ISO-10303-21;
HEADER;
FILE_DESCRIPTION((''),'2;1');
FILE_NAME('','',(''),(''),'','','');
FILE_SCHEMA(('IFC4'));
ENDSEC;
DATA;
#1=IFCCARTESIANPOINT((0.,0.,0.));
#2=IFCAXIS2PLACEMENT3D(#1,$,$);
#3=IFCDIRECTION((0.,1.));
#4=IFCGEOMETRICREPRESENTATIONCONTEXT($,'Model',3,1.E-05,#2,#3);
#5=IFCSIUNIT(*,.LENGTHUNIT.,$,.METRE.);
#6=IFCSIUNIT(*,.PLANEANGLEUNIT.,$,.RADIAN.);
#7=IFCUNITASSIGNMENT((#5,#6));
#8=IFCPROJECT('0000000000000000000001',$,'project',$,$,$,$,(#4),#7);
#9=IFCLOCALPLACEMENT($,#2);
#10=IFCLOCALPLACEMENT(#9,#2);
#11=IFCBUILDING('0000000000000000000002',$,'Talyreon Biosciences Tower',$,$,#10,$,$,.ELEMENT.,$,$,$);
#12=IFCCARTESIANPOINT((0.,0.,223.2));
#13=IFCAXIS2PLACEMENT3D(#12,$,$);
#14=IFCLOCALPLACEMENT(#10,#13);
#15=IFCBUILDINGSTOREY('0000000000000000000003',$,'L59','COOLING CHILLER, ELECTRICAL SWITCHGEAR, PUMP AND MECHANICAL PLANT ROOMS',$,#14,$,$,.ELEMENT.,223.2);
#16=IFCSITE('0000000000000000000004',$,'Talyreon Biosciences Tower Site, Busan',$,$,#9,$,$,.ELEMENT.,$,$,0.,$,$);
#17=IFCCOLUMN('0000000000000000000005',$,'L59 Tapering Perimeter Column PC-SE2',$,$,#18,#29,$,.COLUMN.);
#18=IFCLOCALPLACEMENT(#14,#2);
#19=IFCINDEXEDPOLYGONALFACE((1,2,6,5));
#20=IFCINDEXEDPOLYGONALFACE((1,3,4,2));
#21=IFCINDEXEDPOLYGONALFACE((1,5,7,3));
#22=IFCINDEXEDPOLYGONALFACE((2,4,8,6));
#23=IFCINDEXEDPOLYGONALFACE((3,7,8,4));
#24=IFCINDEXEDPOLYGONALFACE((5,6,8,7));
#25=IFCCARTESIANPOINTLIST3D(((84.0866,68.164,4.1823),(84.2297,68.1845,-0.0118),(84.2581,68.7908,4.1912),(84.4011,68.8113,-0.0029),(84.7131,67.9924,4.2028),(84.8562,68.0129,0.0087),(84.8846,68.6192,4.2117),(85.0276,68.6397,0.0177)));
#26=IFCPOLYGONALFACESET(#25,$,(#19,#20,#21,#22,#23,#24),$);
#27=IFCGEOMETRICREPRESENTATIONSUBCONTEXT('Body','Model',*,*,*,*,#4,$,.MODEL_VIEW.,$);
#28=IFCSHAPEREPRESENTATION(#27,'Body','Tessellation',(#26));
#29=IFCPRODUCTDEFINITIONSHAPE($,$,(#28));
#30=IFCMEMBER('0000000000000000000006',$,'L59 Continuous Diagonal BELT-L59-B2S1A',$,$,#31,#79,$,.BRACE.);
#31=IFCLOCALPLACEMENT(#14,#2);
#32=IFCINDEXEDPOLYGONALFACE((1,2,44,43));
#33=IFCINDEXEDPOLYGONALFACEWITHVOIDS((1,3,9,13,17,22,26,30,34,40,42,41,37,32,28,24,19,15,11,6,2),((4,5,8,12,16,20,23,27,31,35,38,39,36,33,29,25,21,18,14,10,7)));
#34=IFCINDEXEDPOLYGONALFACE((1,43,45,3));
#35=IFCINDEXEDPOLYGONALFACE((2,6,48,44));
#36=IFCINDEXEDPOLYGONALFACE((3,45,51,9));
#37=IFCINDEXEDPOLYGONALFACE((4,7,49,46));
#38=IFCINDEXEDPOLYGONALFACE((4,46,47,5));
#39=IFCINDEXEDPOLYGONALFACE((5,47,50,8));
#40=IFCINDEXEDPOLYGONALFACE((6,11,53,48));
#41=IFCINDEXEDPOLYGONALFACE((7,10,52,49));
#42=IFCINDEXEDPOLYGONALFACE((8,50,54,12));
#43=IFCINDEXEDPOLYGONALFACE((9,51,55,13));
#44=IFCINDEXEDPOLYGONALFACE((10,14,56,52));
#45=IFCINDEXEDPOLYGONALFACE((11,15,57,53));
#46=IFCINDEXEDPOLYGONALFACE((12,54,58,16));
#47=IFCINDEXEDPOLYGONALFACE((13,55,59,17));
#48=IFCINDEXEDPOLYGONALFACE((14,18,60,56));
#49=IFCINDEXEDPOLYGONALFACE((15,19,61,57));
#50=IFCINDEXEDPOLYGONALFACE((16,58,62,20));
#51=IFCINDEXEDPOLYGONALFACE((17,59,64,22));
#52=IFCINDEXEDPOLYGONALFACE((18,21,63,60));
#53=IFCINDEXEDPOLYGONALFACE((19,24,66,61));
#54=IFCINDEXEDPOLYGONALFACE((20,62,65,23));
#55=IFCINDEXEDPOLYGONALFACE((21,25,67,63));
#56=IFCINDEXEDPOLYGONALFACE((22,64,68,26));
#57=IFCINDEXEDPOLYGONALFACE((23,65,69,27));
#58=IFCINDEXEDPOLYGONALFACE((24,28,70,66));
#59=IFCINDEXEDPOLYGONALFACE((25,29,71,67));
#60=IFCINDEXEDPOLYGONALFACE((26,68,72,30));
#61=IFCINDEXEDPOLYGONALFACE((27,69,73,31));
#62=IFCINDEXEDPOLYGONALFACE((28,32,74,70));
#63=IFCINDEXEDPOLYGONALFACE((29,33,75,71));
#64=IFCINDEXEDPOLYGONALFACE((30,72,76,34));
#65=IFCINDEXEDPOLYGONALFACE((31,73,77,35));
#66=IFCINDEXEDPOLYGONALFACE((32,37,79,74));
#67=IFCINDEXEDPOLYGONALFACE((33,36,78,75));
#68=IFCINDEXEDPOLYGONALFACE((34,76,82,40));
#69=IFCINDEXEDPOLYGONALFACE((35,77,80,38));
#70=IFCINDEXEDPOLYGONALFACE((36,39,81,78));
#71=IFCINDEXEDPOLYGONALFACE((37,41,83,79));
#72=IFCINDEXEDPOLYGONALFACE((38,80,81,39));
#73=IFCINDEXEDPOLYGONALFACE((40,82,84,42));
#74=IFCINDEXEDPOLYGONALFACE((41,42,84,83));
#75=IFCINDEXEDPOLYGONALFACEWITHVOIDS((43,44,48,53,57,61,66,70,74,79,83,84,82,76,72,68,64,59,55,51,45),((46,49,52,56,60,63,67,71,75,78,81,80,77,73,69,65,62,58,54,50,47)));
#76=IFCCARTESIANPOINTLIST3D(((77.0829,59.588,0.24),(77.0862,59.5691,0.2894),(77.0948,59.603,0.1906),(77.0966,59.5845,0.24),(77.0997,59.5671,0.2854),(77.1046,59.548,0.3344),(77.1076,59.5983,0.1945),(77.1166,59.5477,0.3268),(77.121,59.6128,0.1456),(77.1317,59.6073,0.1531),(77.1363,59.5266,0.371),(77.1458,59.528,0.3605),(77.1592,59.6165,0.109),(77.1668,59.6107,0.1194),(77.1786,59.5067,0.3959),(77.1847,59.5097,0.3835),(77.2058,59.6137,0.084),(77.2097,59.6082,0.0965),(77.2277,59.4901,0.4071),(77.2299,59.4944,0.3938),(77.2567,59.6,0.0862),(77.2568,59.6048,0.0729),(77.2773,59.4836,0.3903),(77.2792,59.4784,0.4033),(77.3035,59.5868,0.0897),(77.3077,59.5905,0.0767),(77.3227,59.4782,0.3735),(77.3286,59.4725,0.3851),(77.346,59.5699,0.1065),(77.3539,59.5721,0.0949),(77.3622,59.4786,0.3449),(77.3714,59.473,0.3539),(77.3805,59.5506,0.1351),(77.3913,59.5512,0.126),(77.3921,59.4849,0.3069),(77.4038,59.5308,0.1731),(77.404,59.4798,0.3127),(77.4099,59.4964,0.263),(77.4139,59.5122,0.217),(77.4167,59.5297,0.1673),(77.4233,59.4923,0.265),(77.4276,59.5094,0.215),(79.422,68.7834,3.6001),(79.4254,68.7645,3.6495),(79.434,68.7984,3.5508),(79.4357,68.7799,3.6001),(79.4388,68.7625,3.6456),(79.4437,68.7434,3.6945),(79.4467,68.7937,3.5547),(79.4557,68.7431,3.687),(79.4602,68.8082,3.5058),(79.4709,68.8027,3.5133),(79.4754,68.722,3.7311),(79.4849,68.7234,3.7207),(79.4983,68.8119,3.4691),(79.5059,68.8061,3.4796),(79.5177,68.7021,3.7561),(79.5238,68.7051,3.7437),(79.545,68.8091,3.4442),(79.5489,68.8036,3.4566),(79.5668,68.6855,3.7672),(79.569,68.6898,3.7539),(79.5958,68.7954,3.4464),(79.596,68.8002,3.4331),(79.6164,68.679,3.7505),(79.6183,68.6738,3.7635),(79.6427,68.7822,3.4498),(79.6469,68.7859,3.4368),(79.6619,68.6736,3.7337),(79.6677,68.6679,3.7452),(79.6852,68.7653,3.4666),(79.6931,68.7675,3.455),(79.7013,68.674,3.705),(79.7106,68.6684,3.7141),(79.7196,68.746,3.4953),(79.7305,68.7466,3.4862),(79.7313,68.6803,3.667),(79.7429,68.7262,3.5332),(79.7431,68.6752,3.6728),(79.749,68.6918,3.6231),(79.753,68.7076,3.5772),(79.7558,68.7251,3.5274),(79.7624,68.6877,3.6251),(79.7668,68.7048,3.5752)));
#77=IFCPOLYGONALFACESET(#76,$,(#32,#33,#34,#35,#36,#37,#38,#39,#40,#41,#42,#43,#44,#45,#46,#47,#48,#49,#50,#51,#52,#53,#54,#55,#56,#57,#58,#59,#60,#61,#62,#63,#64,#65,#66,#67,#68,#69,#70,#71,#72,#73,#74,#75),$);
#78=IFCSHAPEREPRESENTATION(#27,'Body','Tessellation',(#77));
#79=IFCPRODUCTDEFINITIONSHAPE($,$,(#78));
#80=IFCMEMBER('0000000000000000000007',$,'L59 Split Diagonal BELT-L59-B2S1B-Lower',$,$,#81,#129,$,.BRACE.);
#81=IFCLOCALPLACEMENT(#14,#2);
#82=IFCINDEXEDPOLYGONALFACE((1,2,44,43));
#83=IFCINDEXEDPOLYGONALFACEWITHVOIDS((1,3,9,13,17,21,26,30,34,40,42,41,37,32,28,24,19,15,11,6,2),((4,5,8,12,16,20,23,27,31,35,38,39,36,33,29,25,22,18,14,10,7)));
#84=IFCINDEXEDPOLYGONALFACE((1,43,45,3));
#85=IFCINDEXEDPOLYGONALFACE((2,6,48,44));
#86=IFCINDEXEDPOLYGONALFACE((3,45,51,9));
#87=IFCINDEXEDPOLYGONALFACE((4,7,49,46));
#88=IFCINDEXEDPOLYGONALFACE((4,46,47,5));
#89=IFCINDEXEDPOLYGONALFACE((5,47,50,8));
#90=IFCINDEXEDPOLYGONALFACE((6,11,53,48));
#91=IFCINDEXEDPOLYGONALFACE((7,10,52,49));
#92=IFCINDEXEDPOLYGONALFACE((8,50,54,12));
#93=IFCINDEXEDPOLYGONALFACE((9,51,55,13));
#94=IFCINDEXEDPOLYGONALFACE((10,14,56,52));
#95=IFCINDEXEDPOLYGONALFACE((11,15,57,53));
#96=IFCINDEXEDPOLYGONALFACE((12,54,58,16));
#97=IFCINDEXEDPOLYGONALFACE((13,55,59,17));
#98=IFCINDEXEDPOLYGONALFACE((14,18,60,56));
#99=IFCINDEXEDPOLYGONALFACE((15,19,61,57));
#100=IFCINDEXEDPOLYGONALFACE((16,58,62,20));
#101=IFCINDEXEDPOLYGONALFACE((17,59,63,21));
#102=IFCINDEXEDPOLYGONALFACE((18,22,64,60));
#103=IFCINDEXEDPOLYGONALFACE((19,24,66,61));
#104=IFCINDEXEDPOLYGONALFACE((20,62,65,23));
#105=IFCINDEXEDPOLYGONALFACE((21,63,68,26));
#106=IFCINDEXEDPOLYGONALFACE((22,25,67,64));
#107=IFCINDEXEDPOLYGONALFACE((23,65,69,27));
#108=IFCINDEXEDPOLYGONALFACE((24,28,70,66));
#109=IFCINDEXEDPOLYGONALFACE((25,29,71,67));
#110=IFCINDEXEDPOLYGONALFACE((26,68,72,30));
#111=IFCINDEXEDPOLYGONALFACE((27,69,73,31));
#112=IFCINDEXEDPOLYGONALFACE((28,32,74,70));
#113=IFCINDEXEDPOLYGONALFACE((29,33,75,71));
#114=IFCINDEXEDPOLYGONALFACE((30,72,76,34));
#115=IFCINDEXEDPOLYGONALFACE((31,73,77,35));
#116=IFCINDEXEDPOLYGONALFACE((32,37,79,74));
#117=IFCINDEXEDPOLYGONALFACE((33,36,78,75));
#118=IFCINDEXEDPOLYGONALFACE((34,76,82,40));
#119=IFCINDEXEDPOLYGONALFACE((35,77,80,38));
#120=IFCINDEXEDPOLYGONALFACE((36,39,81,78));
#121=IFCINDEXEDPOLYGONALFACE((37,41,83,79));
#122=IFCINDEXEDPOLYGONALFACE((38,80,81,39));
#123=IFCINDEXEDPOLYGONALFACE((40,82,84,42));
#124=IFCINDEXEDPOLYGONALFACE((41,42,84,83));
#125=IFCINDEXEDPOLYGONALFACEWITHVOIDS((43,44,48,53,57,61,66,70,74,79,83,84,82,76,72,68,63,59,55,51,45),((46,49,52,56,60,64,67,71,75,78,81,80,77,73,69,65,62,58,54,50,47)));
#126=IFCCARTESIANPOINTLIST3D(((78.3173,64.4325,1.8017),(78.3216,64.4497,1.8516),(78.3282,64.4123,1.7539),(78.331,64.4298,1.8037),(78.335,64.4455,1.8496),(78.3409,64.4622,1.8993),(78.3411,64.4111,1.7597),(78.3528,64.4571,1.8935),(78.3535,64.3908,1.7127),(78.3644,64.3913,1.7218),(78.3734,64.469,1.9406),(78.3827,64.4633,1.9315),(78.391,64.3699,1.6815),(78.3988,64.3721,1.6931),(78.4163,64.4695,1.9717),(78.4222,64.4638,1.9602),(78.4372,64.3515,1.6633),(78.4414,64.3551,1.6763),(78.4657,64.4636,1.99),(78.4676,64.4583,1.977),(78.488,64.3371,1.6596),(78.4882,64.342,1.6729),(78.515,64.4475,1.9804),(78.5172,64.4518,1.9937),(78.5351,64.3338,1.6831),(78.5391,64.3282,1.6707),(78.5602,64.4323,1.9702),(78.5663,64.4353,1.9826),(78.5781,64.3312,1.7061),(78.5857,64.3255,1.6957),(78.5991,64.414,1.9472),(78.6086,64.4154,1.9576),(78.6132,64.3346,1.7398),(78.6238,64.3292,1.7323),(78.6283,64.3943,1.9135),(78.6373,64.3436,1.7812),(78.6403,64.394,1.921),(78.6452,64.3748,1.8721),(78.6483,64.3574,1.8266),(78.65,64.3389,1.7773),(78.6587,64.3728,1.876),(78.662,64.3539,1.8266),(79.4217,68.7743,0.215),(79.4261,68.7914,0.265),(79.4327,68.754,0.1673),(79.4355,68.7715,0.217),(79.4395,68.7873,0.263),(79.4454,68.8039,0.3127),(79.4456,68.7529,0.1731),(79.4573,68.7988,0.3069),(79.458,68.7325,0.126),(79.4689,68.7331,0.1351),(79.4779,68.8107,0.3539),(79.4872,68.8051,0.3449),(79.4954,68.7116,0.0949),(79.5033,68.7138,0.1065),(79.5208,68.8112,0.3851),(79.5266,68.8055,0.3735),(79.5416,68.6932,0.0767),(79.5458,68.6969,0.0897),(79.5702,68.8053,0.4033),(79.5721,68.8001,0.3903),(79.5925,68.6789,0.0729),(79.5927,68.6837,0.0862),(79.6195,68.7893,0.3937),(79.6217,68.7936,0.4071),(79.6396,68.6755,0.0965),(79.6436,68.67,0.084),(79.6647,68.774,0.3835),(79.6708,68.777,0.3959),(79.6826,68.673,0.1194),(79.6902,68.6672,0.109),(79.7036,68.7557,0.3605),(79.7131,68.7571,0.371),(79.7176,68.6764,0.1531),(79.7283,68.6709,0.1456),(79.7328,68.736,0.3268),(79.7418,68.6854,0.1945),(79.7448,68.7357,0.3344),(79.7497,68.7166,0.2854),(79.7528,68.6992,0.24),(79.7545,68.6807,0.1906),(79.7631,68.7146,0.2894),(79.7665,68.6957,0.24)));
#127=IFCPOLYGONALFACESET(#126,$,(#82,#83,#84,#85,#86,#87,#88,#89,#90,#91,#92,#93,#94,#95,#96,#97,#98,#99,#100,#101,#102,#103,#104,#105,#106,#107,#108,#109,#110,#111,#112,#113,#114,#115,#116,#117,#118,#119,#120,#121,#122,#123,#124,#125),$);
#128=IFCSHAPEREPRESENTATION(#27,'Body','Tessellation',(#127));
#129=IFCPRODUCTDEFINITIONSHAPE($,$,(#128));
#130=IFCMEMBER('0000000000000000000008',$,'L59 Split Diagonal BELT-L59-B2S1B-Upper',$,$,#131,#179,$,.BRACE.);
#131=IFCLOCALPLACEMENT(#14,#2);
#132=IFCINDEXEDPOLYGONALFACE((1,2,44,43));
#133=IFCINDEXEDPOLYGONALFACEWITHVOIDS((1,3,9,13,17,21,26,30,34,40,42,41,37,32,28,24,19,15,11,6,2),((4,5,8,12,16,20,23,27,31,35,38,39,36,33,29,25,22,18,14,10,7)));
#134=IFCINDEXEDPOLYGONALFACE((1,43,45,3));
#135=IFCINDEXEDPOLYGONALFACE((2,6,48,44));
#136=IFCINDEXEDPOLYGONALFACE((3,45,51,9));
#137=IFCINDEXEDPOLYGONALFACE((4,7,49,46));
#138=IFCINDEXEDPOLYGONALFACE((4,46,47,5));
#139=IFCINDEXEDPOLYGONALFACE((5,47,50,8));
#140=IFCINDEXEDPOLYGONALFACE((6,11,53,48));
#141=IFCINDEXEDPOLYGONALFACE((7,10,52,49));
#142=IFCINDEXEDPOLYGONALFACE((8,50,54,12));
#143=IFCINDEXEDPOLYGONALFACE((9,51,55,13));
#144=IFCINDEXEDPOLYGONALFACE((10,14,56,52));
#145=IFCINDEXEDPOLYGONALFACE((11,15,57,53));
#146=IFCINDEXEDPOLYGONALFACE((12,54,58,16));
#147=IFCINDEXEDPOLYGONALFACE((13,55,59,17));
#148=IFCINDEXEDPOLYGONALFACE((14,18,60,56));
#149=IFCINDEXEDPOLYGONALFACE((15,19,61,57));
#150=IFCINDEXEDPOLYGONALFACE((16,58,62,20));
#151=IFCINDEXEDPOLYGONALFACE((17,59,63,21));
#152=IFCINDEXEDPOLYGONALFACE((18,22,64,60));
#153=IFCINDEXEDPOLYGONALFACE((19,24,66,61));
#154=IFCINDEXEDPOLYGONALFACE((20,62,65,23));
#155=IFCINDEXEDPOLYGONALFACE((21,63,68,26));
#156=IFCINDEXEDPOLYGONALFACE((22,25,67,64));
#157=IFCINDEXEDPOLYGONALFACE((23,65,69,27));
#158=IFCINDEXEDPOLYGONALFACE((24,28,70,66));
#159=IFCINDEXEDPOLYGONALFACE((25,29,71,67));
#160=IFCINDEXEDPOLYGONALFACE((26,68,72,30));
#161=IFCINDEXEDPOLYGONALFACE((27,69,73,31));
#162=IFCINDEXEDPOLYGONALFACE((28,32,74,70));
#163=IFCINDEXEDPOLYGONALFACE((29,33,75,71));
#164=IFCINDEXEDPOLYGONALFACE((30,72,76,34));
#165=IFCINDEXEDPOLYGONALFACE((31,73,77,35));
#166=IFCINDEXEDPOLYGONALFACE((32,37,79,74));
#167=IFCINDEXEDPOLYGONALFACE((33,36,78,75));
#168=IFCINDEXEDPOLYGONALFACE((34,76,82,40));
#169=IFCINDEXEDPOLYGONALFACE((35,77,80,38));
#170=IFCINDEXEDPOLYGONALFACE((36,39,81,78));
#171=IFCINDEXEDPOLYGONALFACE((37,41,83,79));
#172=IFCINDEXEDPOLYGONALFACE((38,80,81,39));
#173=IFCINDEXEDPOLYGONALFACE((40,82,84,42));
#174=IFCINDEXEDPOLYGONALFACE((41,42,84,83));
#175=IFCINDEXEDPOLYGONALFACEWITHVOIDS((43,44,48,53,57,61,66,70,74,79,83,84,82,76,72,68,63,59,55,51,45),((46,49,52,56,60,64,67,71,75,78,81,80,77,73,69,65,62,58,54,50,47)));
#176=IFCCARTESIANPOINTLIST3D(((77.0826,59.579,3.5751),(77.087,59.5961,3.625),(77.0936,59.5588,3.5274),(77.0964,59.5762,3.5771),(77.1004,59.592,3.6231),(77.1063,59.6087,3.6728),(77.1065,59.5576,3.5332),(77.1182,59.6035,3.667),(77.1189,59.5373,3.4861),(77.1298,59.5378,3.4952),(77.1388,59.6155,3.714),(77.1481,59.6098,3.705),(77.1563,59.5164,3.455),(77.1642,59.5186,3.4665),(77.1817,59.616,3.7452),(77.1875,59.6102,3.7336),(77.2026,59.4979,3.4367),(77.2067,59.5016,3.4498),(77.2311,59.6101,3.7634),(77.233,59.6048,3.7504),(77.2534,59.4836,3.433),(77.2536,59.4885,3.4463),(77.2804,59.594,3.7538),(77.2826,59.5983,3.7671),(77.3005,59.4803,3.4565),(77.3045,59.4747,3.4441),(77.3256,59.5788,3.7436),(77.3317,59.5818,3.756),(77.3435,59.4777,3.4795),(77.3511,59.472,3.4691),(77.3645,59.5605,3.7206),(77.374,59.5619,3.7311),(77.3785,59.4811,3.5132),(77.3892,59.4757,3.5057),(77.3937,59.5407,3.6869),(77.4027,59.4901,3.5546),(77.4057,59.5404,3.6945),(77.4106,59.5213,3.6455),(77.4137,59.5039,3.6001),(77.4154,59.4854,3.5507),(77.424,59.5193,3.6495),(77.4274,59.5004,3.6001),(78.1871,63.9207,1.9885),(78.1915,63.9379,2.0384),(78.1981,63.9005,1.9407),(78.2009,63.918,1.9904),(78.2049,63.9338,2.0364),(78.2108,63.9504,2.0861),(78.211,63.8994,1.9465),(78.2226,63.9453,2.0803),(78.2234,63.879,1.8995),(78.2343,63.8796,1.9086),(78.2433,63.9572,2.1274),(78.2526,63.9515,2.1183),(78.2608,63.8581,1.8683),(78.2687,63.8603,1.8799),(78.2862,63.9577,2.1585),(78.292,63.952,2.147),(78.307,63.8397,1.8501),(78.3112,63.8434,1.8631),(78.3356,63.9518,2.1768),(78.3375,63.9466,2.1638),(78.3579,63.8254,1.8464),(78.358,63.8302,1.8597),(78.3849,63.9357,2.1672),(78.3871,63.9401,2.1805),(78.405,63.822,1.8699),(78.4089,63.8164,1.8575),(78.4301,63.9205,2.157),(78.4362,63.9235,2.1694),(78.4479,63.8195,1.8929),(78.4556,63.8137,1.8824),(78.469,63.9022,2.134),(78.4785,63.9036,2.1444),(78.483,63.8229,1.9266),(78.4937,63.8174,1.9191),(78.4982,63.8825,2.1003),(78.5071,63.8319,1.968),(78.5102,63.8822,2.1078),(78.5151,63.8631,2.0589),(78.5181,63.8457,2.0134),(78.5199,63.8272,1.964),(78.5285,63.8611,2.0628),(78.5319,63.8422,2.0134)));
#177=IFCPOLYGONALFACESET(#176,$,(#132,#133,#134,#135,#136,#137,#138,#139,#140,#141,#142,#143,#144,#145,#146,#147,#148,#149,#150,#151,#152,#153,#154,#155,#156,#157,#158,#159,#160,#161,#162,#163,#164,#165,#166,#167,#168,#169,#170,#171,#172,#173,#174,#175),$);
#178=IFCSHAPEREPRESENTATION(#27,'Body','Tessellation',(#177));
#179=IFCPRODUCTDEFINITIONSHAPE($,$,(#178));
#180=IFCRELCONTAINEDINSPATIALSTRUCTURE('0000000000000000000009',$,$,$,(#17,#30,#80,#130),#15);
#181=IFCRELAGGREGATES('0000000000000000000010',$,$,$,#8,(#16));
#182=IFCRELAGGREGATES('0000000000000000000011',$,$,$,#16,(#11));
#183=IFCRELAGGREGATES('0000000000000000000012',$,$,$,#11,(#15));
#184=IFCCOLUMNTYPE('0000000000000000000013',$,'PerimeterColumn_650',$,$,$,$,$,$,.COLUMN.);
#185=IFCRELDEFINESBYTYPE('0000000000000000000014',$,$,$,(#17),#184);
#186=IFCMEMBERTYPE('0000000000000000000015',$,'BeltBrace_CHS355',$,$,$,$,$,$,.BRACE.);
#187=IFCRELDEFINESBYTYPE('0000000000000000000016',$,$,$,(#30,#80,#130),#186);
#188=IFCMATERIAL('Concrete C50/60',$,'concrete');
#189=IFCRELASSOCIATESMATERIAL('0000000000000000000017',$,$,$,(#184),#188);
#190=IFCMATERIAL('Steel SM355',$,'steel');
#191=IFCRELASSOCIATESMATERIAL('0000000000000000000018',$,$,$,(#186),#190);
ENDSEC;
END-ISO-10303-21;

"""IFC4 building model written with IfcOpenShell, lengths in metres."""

from ifc_helpers import new_model, si_unit, direction, frame, origin, origin_2d, place, context, subcontext, project, spatial, rectangle, hollow_circle, extrude, material, material_profile, profile_set, type_object, element, save


model = new_model("IFC4")

# Units and contexts
model_context = context("Model", 3, precision=1e-05, world=origin(), true_north=direction((0.0, 1.0)))
body_context = subcontext(model_context, "Body", "Model", "MODEL_VIEW")
ifc_project = project(units=[si_unit("LENGTHUNIT", "METRE"), si_unit("PLANEANGLEUNIT", "RADIAN")], contexts=[model_context])

# Site, building, storey
site_placement = place(None, origin())
site = spatial("IfcSite", under=ifc_project, at=site_placement, Name="Talyreon Biosciences Tower Site, Busan", CompositionType="ELEMENT", RefElevation=0.0)
building_placement = place(site_placement, origin())
building = spatial("IfcBuilding", under=site, at=building_placement, Name="Talyreon Biosciences Tower", CompositionType="ELEMENT")
storey_placement = place(building_placement, frame((0.0, 0.0, 223.2)))
storey = spatial("IfcBuildingStorey", under=building, at=storey_placement, Name="L59", Description="COOLING CHILLER, ELECTRICAL SWITCHGEAR, PUMP AND MECHANICAL PLANT ROOMS", CompositionType="ELEMENT", Elevation=223.2)

# Column
ifc_material_1 = material(Name="Concrete C50/60", Category="concrete")
ifc_material_profile_1 = material_profile(ifc_material_1, rectangle(XDim=0.6499, YDim=0.6499, at=origin_2d()), Name="RC 650x650")
ifc_profile_set_1 = profile_set([ifc_material_profile_1], Name="Concrete C50/60")
column_type = type_object("IfcColumnType", Name="PerimeterColumn_650", PredefinedType="COLUMN", material=ifc_profile_set_1)
column_placement = place(storey_placement, frame((84.6287, 68.4121, 0.0029), z_axis=(-0.034091, -0.004887, 0.999407), x_axis=(0.96398, -0.264094, 0.031591)))
element("IfcColumn", 1, at=column_placement, inside=storey, type_object=column_type, Name="L59 Tapering Perimeter Column PC-SE2", PredefinedType="COLUMN", context=body_context, shape_type="SweptSolid", body=[
    extrude(rectangle(XDim=0.6499, YDim=0.6499, at=origin_2d()), origin(), (0.0, 0.0, 1.0), 4.1965),
])

# Members
ifc_material_2 = material(Name="Steel SM355", Category="steel")
ifc_material_profile_2 = material_profile(ifc_material_2, hollow_circle(Radius=0.1777, WallThickness=0.0142, at=origin_2d()), Name="CHS 355.6x14.2")
ifc_profile_set_2 = profile_set([ifc_material_profile_2], Name="Steel SM355")
member_type_1 = type_object("IfcMemberType", Name="BeltBrace_CHS355", PredefinedType="BRACE", material=ifc_profile_set_2)
member_1_placement = place(storey_placement, frame((77.2551, 59.5442, 0.24), z_axis=(0.232388, 0.913542, 0.333822), x_axis=(-0.969135, 0.246529, 0.0)))
element("IfcMember", 2, at=member_1_placement, inside=storey, type_object=member_type_1, Name="L59 Continuous Diagonal BELT-L59-B2S1A", PredefinedType="BRACE", context=body_context, shape_type="SweptSolid", body=[
    extrude(hollow_circle(Radius=0.1777, WallThickness=0.0142, at=origin_2d()), origin(), (0.0, 0.0, 1.0), 10.0657),
])
for number, where, z_axis, x_axis, name in (
    (3, (79.5942, 68.7395, 0.24), (-0.23239, -0.913534, 0.333843), (0.969134, -0.246534, 0.0), "L59 Split Diagonal BELT-L59-B2S1B-Lower"),
    (4, (78.3596, 63.886, 2.0134), (-0.23239, -0.913534, 0.333843), (0.969134, -0.246534, 0.0), "L59 Split Diagonal BELT-L59-B2S1B-Upper"),
):
    element("IfcMember", number, at=place(storey_placement, frame(where, z_axis=z_axis, x_axis=x_axis)), inside=storey, type_object=member_type_1, Name=name, PredefinedType="BRACE", context=body_context, shape_type="SweptSolid", body=[
        extrude(hollow_circle(Radius=0.1777, WallThickness=0.0142, at=origin_2d()), origin(), (0.0, 0.0, 1.0), 4.7527),
    ])

save(model, "model.ifc")
